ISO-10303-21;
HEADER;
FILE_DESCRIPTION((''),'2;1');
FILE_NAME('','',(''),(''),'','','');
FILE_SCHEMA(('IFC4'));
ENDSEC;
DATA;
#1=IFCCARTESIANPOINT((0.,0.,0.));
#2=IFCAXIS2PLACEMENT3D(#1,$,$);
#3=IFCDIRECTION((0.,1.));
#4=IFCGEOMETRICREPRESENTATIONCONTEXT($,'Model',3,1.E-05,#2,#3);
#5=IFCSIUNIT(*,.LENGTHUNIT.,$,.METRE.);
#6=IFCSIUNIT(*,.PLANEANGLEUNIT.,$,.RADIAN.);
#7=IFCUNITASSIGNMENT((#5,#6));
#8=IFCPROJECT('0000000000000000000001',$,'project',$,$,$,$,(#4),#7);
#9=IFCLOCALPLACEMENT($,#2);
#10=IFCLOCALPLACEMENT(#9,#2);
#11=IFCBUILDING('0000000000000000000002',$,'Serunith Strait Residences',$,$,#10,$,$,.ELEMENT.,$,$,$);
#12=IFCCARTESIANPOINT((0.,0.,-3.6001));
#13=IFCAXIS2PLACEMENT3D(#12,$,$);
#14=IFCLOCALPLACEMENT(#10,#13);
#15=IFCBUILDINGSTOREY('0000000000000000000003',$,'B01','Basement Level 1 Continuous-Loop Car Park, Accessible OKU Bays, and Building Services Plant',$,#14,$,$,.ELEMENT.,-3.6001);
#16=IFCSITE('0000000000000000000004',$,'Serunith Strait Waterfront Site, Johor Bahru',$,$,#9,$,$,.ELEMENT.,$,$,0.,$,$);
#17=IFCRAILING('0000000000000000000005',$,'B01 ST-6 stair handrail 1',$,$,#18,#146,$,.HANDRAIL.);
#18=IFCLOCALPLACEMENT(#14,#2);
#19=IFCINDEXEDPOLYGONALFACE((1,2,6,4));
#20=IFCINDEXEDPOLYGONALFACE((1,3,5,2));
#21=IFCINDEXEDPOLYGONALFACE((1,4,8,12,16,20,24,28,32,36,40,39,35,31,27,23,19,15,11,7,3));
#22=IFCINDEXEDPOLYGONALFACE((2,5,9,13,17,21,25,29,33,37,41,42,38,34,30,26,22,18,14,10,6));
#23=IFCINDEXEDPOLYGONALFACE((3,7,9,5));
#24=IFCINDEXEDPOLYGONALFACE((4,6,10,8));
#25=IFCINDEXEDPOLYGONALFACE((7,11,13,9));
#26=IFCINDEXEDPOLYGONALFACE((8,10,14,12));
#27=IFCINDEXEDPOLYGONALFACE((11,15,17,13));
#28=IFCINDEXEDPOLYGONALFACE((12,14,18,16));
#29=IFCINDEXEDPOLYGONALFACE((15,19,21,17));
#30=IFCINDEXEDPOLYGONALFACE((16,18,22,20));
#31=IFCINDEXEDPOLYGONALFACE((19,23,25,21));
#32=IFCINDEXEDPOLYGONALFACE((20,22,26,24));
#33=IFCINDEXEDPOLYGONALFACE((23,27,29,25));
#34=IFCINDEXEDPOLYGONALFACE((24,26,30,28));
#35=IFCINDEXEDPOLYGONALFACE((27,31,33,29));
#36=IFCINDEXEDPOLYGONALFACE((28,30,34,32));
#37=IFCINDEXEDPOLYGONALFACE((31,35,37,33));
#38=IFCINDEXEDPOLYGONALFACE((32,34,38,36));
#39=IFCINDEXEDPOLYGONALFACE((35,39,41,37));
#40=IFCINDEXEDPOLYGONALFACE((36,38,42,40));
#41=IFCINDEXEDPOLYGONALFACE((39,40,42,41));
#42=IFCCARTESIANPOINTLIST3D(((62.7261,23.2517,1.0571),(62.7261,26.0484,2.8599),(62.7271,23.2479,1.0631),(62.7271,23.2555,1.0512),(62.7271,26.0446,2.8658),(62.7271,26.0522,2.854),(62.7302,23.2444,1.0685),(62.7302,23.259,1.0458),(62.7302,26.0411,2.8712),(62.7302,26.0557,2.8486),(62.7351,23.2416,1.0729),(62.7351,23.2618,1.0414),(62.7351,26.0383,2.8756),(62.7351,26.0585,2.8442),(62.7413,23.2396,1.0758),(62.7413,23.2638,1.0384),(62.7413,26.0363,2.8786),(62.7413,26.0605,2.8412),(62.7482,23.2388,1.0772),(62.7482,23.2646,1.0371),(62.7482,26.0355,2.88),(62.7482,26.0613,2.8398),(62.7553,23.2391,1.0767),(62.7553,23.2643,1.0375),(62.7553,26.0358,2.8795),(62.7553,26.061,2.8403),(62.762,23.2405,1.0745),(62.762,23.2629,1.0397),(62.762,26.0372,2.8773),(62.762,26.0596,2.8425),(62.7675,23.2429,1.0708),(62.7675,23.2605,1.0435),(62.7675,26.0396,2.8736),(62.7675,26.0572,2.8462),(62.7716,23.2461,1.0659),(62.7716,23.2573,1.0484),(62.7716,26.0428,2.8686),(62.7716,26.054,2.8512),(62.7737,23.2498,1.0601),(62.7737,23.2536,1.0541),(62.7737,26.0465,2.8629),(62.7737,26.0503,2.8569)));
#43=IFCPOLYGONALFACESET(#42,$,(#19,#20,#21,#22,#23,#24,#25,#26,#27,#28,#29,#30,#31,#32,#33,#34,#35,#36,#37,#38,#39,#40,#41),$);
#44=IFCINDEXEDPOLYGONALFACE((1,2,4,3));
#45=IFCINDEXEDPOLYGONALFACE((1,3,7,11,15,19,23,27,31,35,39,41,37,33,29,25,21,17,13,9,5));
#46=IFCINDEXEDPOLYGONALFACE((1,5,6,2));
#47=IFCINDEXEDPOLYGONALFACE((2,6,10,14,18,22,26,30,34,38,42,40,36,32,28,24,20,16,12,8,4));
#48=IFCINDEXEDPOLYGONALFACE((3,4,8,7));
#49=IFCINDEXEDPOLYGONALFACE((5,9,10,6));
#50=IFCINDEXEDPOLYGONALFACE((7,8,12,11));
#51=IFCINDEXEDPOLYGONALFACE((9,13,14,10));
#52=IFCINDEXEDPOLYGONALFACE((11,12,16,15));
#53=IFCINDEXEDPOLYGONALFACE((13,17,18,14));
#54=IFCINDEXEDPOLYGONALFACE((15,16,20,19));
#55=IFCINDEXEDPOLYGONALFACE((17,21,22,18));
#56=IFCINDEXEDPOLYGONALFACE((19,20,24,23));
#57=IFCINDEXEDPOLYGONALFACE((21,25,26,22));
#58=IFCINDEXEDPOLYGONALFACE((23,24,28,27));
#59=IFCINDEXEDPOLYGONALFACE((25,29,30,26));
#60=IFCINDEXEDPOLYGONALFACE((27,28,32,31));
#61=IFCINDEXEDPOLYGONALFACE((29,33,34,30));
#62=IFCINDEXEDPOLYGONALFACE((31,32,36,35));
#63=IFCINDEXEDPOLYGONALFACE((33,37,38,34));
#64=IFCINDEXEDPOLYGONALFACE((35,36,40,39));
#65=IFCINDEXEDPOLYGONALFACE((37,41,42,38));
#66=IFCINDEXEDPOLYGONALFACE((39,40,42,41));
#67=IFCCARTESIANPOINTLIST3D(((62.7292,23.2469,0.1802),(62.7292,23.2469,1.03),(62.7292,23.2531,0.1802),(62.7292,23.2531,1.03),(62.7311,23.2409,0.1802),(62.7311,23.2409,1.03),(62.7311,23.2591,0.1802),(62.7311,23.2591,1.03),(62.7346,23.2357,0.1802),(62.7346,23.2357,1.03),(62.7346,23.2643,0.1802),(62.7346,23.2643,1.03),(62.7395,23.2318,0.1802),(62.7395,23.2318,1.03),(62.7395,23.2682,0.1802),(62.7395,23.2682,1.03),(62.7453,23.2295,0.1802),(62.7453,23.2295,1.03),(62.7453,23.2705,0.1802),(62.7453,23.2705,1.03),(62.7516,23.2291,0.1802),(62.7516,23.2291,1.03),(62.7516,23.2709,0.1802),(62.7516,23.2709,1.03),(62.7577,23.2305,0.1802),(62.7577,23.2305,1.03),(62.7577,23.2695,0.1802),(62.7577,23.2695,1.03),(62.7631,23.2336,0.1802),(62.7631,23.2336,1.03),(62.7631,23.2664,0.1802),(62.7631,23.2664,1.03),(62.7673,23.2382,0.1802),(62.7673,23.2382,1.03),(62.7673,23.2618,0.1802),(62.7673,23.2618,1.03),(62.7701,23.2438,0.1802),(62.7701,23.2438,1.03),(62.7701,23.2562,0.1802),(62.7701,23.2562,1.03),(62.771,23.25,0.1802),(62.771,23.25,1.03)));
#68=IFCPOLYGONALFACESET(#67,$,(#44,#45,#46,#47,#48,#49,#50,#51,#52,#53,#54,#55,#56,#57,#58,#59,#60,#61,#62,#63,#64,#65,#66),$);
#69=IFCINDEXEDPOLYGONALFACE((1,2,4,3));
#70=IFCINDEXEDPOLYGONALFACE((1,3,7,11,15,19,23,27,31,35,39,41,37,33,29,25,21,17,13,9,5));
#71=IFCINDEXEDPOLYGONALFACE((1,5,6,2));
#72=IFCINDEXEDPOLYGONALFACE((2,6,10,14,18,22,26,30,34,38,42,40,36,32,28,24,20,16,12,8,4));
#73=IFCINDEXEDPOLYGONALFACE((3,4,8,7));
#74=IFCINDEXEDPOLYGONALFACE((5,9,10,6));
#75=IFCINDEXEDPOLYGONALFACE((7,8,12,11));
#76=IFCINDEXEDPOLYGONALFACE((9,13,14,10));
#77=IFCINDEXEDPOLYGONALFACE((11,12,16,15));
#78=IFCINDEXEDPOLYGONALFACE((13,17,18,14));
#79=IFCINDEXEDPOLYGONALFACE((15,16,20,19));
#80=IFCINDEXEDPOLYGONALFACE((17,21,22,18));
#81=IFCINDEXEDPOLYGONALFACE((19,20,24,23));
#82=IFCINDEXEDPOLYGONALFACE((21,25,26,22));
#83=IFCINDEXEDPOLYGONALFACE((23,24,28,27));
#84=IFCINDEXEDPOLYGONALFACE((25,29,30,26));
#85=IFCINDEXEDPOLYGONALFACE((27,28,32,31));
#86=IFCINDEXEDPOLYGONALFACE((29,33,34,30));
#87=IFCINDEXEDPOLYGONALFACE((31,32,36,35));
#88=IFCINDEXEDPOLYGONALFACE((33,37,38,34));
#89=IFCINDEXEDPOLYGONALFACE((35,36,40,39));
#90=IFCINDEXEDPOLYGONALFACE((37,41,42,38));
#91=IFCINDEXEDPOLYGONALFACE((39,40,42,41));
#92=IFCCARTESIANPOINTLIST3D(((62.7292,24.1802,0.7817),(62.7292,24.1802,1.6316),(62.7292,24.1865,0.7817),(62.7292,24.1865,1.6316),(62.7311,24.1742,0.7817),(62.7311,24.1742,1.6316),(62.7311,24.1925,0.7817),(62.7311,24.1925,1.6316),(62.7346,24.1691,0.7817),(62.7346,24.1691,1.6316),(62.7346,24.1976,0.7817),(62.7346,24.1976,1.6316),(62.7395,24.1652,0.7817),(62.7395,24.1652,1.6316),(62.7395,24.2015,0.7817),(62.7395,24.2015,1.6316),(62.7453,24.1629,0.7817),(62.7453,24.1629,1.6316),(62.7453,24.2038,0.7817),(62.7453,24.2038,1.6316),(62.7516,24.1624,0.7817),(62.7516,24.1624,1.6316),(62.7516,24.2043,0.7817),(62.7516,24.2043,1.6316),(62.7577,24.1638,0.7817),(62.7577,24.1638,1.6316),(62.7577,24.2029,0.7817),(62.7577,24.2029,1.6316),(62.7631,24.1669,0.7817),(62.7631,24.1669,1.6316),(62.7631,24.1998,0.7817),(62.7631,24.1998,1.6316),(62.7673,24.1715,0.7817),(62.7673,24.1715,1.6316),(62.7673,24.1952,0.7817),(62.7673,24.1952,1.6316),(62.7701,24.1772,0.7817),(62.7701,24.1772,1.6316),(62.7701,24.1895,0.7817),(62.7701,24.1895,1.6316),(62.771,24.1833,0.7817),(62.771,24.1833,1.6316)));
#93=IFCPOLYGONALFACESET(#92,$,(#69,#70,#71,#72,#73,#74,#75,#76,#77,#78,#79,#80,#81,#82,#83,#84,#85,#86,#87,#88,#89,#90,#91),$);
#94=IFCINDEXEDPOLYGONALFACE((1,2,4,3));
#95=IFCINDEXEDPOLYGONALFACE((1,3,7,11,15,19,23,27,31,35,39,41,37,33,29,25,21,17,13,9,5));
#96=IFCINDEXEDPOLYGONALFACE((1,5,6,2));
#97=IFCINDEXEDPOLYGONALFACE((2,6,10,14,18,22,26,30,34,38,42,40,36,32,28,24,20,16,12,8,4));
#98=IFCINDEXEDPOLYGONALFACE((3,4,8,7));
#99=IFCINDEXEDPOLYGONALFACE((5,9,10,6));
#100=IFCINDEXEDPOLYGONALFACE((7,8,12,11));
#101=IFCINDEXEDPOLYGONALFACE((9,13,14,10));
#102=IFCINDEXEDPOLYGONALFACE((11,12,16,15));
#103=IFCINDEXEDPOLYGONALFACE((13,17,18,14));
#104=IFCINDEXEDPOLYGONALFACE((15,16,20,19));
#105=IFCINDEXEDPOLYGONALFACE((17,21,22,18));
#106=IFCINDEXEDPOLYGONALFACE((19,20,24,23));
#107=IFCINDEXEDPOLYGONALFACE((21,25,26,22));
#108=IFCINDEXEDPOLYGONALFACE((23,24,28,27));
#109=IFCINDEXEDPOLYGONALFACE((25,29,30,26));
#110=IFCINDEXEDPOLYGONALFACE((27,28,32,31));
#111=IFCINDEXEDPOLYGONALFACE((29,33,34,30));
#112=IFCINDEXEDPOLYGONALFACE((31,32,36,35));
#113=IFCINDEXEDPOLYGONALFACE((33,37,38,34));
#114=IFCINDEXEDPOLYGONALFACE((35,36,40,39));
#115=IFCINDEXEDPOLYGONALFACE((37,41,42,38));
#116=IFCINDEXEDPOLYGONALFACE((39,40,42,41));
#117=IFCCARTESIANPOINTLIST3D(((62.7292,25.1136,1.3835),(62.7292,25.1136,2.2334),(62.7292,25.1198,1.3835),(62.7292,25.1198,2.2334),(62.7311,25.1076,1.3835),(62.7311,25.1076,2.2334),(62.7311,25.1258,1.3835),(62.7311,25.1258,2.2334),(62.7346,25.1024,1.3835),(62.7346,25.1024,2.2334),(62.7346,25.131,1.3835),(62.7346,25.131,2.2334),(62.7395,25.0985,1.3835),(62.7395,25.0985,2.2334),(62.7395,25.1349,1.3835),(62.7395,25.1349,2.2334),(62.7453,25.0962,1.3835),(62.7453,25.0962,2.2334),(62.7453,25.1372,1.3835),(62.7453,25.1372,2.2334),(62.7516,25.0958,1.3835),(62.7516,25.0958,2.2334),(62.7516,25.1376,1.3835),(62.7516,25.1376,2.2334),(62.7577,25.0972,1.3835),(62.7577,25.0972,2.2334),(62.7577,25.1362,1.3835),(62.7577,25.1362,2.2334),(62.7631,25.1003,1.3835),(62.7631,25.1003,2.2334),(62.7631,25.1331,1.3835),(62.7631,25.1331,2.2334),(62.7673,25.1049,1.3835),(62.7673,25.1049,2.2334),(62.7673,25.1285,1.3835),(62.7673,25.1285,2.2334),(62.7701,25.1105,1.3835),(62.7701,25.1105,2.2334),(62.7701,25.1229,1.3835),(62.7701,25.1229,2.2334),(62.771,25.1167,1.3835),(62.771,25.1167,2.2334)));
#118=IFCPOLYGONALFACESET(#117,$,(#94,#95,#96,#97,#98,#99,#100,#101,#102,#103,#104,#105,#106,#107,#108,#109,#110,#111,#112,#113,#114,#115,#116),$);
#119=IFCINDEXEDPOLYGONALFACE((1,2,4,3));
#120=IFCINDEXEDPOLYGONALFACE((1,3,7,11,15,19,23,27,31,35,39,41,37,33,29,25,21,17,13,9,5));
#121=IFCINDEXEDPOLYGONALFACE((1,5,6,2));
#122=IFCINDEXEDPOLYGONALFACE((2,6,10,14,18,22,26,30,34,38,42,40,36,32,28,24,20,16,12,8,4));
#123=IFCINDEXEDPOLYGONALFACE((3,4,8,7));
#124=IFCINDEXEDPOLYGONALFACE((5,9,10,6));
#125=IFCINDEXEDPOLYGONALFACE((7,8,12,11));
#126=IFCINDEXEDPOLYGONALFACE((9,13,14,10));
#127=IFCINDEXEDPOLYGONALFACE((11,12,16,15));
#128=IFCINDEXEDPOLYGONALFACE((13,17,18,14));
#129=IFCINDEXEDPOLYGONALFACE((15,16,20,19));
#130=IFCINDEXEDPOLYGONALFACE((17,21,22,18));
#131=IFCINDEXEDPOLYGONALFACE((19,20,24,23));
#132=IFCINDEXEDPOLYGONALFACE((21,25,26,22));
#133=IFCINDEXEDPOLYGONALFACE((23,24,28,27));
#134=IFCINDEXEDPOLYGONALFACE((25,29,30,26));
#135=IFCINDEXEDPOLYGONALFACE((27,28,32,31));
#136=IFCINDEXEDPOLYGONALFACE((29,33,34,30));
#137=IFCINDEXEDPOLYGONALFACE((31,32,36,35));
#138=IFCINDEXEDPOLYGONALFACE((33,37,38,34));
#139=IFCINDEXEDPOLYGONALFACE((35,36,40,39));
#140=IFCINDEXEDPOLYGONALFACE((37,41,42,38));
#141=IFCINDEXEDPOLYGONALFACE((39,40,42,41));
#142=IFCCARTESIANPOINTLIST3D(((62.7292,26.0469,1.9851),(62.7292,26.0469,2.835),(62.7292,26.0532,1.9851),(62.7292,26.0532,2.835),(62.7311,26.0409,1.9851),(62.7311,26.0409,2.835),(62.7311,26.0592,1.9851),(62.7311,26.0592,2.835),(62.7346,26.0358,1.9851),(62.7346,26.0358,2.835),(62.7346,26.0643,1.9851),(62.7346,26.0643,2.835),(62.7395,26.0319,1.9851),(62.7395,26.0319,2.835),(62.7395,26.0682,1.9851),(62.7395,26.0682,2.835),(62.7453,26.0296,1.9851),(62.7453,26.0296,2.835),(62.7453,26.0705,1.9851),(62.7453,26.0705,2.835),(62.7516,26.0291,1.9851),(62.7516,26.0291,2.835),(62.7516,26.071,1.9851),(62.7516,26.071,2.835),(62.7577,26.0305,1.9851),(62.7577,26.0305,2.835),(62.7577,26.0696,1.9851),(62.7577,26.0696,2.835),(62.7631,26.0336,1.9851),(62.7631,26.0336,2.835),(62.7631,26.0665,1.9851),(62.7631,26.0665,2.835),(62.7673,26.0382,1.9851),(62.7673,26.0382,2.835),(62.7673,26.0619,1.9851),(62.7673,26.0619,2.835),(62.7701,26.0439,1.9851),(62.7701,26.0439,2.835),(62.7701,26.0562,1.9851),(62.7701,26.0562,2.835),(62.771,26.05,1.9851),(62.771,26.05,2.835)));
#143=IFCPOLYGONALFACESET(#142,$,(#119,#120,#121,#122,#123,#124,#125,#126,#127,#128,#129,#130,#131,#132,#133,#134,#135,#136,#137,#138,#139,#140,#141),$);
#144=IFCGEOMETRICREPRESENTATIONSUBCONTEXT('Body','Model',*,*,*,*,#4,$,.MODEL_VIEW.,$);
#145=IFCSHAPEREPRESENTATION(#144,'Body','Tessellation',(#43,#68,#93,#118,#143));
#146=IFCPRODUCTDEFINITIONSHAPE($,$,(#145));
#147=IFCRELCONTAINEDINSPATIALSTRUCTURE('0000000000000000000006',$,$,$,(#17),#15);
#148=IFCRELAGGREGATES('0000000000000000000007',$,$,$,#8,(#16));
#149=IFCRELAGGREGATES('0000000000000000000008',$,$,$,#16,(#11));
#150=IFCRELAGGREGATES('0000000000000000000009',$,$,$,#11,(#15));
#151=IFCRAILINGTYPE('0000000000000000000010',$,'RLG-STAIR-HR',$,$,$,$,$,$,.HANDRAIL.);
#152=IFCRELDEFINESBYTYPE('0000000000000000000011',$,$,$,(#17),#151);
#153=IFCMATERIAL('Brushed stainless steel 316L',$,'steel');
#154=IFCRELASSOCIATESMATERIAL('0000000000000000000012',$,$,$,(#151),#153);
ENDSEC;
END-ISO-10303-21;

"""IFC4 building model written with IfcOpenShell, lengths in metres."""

from ifc_helpers import new_model, si_unit, direction, frame, origin, origin_2d, place, context, subcontext, project, spatial, circle, extrude, material, type_object, element, save


model = new_model("IFC4")

# Units and contexts
model_context = context("Model", 3, precision=1e-05, world=origin(), true_north=direction((0.0, 1.0)))
body_context = subcontext(model_context, "Body", "Model", "MODEL_VIEW")
ifc_project = project(units=[si_unit("LENGTHUNIT", "METRE"), si_unit("PLANEANGLEUNIT", "RADIAN")], contexts=[model_context])

# Site, building, storey
site_placement = place(None, origin())
site = spatial("IfcSite", under=ifc_project, at=site_placement, Name="Serunith Strait Waterfront Site, Johor Bahru", CompositionType="ELEMENT", RefElevation=0.0)
building_placement = place(site_placement, origin())
building = spatial("IfcBuilding", under=site, at=building_placement, Name="Serunith Strait Residences", CompositionType="ELEMENT")
storey_placement = place(building_placement, frame((0.0, 0.0, -3.6001)))
storey = spatial("IfcBuildingStorey", under=building, at=storey_placement, Name="B01", Description="Basement Level 1 Continuous-Loop Car Park, Accessible OKU Bays, and Building Services Plant", CompositionType="ELEMENT", Elevation=-3.6001)

# Railing
ifc_material_1 = material(Name="Brushed stainless steel 316L", Category="steel")
railing_type_1 = type_object("IfcRailingType", Name="RLG-STAIR-HR", PredefinedType="HANDRAIL", material=ifc_material_1)
railing_1_placement = place(storey_placement, frame((62.75, 23.25, 0.1802)))
element("IfcRailing", 1, at=railing_1_placement, inside=storey, type_object=railing_type_1, Name="B01 ST-6 stair handrail 1", PredefinedType="HANDRAIL", context=body_context, shape_type="SweptSolid", body=[
    extrude(circle(Radius=0.0239, at=origin_2d()), frame((0.0, 0.0017, 0.877), z_axis=(0.0, 0.840509, 0.541798), x_axis=(-1.0, 0.0, 0.0)), (0.0, 0.0, 1.0), 3.3274),
    extrude(circle(Radius=0.021, at=origin_2d()), origin(), (0.0, 0.0, 1.0), 0.8499),
    extrude(circle(Radius=0.021, at=origin_2d()), frame((0.0, 0.9333, 0.6016)), (0.0, 0.0, 1.0), 0.8499),
    extrude(circle(Radius=0.021, at=origin_2d()), frame((0.0, 1.8667, 1.2034)), (0.0, 0.0, 1.0), 0.8499),
    extrude(circle(Radius=0.021, at=origin_2d()), frame((0.0, 2.8, 1.8049)), (0.0, 0.0, 1.0), 0.8499),
])

save(model, "model.ifc")
